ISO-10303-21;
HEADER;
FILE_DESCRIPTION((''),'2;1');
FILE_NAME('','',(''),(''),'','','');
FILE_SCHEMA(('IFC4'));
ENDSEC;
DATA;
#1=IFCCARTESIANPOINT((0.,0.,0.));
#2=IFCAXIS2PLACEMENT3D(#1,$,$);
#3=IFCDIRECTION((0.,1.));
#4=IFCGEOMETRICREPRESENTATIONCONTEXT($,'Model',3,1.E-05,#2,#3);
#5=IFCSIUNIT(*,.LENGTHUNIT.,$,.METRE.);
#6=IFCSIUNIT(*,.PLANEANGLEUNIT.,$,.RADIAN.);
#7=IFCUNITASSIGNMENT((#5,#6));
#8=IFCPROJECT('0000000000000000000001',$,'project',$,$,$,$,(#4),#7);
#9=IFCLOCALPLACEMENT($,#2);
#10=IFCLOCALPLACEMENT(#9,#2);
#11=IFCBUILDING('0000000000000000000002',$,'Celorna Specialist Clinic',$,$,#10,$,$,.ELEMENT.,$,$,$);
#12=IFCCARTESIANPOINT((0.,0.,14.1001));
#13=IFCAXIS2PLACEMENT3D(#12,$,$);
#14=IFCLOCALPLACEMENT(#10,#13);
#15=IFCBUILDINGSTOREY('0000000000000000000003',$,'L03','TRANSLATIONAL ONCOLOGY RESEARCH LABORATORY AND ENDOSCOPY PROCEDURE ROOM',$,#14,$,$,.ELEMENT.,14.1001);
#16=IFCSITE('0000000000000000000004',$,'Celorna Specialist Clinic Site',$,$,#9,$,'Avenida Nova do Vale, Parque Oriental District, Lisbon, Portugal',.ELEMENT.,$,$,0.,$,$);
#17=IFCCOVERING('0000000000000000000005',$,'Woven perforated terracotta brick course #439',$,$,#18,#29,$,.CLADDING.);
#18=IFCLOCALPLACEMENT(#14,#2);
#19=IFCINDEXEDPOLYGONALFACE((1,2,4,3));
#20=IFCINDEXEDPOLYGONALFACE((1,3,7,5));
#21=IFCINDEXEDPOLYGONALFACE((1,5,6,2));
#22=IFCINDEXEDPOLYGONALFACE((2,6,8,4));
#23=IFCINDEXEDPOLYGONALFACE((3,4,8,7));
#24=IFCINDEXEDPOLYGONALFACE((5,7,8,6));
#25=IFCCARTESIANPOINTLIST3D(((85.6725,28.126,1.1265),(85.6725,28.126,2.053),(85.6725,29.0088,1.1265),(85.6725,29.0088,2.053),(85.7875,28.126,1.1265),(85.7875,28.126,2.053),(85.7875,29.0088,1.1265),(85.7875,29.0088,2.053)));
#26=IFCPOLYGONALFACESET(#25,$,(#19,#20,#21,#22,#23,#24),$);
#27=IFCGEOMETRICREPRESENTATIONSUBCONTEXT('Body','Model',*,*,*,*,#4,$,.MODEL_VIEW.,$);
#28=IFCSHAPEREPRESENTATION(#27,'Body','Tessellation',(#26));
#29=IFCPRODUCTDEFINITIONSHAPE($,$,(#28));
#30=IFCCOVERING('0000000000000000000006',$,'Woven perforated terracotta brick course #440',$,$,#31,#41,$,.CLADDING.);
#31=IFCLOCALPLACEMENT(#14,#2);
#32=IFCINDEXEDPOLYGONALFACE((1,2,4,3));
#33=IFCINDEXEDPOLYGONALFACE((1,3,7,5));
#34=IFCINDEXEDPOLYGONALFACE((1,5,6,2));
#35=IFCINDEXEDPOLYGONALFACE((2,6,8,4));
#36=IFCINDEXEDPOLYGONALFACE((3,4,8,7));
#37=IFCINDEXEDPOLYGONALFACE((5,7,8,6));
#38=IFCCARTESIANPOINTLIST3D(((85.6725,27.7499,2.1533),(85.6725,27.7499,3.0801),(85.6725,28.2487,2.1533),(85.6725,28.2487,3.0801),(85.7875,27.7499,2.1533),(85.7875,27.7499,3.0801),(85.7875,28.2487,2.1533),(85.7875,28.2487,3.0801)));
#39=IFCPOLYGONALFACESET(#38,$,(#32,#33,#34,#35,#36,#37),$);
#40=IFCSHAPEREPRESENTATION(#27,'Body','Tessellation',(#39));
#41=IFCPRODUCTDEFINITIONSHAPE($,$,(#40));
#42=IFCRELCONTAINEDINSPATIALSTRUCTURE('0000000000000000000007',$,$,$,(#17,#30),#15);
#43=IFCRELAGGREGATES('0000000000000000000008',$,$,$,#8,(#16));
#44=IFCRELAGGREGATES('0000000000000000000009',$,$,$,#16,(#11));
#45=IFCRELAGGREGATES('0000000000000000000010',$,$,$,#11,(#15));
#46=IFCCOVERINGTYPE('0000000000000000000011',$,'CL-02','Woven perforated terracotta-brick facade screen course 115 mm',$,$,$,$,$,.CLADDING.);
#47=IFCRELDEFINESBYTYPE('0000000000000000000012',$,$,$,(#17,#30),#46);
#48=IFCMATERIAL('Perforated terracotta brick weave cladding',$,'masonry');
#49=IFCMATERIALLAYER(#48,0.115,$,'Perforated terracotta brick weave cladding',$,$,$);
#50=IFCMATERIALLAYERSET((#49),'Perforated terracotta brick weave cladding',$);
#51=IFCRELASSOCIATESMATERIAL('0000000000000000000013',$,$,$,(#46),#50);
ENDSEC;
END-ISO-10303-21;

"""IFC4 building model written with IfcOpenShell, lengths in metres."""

from ifc_helpers import new_model, si_unit, direction, frame, origin, origin_2d, place, context, subcontext, project, spatial, rectangle, extrude, material, layer, layer_set, type_object, element, save


model = new_model("IFC4")

# Units and contexts
model_context = context("Model", 3, precision=1e-05, world=origin(), true_north=direction((0.0, 1.0)))
body_context = subcontext(model_context, "Body", "Model", "MODEL_VIEW")
ifc_project = project(units=[si_unit("LENGTHUNIT", "METRE"), si_unit("PLANEANGLEUNIT", "RADIAN")], contexts=[model_context])

# Site, building, storey
site_placement = place(None, origin())
site = spatial("IfcSite", under=ifc_project, at=site_placement, Name="Celorna Specialist Clinic Site", LongName="Avenida Nova do Vale, Parque Oriental District, Lisbon, Portugal", CompositionType="ELEMENT", RefElevation=0.0)
building_placement = place(site_placement, origin())
building = spatial("IfcBuilding", under=site, at=building_placement, Name="Celorna Specialist Clinic", CompositionType="ELEMENT")
storey_placement = place(building_placement, frame((0.0, 0.0, 14.1001)))
storey = spatial("IfcBuildingStorey", under=building, at=storey_placement, Name="L03", Description="TRANSLATIONAL ONCOLOGY RESEARCH LABORATORY AND ENDOSCOPY PROCEDURE ROOM", CompositionType="ELEMENT", Elevation=14.1001)

# Coverings
ifc_material_1 = material(Name="Perforated terracotta brick weave cladding", Category="masonry")
ifc_layer_1 = layer(ifc_material_1, 0.115, Name="Perforated terracotta brick weave cladding")
ifc_layer_set_1 = layer_set([ifc_layer_1], Name="Perforated terracotta brick weave cladding")
covering_type = type_object("IfcCoveringType", Name="CL-02", Description="Woven perforated terracotta-brick facade screen course 115 mm", PredefinedType="CLADDING", material=ifc_layer_set_1)
covering_1_placement = place(storey_placement, frame((85.73, 28.5674, 1.1265), z_axis=(0.0, 0.0, 1.0), x_axis=(0.0, 1.0, 0.0)))
element("IfcCovering", 1, at=covering_1_placement, inside=storey, type_object=covering_type, Name="Woven perforated terracotta brick course #439", PredefinedType="CLADDING", context=body_context, shape_type="SweptSolid", body=[
    extrude(rectangle(XDim=0.8828, YDim=0.115, at=origin_2d()), origin(), (0.0, 0.0, 1.0), 0.9265),
])
covering_2_placement = place(storey_placement, frame((85.73, 27.9993, 2.1533), z_axis=(0.0, 0.0, 1.0), x_axis=(0.0, 1.0, 0.0)))
element("IfcCovering", 2, at=covering_2_placement, inside=storey, type_object=covering_type, Name="Woven perforated terracotta brick course #440", PredefinedType="CLADDING", context=body_context, shape_type="SweptSolid", body=[
    extrude(rectangle(XDim=0.4988, YDim=0.115, at=origin_2d()), origin(), (0.0, 0.0, 1.0), 0.9268),
])

save(model, "model.ifc")
